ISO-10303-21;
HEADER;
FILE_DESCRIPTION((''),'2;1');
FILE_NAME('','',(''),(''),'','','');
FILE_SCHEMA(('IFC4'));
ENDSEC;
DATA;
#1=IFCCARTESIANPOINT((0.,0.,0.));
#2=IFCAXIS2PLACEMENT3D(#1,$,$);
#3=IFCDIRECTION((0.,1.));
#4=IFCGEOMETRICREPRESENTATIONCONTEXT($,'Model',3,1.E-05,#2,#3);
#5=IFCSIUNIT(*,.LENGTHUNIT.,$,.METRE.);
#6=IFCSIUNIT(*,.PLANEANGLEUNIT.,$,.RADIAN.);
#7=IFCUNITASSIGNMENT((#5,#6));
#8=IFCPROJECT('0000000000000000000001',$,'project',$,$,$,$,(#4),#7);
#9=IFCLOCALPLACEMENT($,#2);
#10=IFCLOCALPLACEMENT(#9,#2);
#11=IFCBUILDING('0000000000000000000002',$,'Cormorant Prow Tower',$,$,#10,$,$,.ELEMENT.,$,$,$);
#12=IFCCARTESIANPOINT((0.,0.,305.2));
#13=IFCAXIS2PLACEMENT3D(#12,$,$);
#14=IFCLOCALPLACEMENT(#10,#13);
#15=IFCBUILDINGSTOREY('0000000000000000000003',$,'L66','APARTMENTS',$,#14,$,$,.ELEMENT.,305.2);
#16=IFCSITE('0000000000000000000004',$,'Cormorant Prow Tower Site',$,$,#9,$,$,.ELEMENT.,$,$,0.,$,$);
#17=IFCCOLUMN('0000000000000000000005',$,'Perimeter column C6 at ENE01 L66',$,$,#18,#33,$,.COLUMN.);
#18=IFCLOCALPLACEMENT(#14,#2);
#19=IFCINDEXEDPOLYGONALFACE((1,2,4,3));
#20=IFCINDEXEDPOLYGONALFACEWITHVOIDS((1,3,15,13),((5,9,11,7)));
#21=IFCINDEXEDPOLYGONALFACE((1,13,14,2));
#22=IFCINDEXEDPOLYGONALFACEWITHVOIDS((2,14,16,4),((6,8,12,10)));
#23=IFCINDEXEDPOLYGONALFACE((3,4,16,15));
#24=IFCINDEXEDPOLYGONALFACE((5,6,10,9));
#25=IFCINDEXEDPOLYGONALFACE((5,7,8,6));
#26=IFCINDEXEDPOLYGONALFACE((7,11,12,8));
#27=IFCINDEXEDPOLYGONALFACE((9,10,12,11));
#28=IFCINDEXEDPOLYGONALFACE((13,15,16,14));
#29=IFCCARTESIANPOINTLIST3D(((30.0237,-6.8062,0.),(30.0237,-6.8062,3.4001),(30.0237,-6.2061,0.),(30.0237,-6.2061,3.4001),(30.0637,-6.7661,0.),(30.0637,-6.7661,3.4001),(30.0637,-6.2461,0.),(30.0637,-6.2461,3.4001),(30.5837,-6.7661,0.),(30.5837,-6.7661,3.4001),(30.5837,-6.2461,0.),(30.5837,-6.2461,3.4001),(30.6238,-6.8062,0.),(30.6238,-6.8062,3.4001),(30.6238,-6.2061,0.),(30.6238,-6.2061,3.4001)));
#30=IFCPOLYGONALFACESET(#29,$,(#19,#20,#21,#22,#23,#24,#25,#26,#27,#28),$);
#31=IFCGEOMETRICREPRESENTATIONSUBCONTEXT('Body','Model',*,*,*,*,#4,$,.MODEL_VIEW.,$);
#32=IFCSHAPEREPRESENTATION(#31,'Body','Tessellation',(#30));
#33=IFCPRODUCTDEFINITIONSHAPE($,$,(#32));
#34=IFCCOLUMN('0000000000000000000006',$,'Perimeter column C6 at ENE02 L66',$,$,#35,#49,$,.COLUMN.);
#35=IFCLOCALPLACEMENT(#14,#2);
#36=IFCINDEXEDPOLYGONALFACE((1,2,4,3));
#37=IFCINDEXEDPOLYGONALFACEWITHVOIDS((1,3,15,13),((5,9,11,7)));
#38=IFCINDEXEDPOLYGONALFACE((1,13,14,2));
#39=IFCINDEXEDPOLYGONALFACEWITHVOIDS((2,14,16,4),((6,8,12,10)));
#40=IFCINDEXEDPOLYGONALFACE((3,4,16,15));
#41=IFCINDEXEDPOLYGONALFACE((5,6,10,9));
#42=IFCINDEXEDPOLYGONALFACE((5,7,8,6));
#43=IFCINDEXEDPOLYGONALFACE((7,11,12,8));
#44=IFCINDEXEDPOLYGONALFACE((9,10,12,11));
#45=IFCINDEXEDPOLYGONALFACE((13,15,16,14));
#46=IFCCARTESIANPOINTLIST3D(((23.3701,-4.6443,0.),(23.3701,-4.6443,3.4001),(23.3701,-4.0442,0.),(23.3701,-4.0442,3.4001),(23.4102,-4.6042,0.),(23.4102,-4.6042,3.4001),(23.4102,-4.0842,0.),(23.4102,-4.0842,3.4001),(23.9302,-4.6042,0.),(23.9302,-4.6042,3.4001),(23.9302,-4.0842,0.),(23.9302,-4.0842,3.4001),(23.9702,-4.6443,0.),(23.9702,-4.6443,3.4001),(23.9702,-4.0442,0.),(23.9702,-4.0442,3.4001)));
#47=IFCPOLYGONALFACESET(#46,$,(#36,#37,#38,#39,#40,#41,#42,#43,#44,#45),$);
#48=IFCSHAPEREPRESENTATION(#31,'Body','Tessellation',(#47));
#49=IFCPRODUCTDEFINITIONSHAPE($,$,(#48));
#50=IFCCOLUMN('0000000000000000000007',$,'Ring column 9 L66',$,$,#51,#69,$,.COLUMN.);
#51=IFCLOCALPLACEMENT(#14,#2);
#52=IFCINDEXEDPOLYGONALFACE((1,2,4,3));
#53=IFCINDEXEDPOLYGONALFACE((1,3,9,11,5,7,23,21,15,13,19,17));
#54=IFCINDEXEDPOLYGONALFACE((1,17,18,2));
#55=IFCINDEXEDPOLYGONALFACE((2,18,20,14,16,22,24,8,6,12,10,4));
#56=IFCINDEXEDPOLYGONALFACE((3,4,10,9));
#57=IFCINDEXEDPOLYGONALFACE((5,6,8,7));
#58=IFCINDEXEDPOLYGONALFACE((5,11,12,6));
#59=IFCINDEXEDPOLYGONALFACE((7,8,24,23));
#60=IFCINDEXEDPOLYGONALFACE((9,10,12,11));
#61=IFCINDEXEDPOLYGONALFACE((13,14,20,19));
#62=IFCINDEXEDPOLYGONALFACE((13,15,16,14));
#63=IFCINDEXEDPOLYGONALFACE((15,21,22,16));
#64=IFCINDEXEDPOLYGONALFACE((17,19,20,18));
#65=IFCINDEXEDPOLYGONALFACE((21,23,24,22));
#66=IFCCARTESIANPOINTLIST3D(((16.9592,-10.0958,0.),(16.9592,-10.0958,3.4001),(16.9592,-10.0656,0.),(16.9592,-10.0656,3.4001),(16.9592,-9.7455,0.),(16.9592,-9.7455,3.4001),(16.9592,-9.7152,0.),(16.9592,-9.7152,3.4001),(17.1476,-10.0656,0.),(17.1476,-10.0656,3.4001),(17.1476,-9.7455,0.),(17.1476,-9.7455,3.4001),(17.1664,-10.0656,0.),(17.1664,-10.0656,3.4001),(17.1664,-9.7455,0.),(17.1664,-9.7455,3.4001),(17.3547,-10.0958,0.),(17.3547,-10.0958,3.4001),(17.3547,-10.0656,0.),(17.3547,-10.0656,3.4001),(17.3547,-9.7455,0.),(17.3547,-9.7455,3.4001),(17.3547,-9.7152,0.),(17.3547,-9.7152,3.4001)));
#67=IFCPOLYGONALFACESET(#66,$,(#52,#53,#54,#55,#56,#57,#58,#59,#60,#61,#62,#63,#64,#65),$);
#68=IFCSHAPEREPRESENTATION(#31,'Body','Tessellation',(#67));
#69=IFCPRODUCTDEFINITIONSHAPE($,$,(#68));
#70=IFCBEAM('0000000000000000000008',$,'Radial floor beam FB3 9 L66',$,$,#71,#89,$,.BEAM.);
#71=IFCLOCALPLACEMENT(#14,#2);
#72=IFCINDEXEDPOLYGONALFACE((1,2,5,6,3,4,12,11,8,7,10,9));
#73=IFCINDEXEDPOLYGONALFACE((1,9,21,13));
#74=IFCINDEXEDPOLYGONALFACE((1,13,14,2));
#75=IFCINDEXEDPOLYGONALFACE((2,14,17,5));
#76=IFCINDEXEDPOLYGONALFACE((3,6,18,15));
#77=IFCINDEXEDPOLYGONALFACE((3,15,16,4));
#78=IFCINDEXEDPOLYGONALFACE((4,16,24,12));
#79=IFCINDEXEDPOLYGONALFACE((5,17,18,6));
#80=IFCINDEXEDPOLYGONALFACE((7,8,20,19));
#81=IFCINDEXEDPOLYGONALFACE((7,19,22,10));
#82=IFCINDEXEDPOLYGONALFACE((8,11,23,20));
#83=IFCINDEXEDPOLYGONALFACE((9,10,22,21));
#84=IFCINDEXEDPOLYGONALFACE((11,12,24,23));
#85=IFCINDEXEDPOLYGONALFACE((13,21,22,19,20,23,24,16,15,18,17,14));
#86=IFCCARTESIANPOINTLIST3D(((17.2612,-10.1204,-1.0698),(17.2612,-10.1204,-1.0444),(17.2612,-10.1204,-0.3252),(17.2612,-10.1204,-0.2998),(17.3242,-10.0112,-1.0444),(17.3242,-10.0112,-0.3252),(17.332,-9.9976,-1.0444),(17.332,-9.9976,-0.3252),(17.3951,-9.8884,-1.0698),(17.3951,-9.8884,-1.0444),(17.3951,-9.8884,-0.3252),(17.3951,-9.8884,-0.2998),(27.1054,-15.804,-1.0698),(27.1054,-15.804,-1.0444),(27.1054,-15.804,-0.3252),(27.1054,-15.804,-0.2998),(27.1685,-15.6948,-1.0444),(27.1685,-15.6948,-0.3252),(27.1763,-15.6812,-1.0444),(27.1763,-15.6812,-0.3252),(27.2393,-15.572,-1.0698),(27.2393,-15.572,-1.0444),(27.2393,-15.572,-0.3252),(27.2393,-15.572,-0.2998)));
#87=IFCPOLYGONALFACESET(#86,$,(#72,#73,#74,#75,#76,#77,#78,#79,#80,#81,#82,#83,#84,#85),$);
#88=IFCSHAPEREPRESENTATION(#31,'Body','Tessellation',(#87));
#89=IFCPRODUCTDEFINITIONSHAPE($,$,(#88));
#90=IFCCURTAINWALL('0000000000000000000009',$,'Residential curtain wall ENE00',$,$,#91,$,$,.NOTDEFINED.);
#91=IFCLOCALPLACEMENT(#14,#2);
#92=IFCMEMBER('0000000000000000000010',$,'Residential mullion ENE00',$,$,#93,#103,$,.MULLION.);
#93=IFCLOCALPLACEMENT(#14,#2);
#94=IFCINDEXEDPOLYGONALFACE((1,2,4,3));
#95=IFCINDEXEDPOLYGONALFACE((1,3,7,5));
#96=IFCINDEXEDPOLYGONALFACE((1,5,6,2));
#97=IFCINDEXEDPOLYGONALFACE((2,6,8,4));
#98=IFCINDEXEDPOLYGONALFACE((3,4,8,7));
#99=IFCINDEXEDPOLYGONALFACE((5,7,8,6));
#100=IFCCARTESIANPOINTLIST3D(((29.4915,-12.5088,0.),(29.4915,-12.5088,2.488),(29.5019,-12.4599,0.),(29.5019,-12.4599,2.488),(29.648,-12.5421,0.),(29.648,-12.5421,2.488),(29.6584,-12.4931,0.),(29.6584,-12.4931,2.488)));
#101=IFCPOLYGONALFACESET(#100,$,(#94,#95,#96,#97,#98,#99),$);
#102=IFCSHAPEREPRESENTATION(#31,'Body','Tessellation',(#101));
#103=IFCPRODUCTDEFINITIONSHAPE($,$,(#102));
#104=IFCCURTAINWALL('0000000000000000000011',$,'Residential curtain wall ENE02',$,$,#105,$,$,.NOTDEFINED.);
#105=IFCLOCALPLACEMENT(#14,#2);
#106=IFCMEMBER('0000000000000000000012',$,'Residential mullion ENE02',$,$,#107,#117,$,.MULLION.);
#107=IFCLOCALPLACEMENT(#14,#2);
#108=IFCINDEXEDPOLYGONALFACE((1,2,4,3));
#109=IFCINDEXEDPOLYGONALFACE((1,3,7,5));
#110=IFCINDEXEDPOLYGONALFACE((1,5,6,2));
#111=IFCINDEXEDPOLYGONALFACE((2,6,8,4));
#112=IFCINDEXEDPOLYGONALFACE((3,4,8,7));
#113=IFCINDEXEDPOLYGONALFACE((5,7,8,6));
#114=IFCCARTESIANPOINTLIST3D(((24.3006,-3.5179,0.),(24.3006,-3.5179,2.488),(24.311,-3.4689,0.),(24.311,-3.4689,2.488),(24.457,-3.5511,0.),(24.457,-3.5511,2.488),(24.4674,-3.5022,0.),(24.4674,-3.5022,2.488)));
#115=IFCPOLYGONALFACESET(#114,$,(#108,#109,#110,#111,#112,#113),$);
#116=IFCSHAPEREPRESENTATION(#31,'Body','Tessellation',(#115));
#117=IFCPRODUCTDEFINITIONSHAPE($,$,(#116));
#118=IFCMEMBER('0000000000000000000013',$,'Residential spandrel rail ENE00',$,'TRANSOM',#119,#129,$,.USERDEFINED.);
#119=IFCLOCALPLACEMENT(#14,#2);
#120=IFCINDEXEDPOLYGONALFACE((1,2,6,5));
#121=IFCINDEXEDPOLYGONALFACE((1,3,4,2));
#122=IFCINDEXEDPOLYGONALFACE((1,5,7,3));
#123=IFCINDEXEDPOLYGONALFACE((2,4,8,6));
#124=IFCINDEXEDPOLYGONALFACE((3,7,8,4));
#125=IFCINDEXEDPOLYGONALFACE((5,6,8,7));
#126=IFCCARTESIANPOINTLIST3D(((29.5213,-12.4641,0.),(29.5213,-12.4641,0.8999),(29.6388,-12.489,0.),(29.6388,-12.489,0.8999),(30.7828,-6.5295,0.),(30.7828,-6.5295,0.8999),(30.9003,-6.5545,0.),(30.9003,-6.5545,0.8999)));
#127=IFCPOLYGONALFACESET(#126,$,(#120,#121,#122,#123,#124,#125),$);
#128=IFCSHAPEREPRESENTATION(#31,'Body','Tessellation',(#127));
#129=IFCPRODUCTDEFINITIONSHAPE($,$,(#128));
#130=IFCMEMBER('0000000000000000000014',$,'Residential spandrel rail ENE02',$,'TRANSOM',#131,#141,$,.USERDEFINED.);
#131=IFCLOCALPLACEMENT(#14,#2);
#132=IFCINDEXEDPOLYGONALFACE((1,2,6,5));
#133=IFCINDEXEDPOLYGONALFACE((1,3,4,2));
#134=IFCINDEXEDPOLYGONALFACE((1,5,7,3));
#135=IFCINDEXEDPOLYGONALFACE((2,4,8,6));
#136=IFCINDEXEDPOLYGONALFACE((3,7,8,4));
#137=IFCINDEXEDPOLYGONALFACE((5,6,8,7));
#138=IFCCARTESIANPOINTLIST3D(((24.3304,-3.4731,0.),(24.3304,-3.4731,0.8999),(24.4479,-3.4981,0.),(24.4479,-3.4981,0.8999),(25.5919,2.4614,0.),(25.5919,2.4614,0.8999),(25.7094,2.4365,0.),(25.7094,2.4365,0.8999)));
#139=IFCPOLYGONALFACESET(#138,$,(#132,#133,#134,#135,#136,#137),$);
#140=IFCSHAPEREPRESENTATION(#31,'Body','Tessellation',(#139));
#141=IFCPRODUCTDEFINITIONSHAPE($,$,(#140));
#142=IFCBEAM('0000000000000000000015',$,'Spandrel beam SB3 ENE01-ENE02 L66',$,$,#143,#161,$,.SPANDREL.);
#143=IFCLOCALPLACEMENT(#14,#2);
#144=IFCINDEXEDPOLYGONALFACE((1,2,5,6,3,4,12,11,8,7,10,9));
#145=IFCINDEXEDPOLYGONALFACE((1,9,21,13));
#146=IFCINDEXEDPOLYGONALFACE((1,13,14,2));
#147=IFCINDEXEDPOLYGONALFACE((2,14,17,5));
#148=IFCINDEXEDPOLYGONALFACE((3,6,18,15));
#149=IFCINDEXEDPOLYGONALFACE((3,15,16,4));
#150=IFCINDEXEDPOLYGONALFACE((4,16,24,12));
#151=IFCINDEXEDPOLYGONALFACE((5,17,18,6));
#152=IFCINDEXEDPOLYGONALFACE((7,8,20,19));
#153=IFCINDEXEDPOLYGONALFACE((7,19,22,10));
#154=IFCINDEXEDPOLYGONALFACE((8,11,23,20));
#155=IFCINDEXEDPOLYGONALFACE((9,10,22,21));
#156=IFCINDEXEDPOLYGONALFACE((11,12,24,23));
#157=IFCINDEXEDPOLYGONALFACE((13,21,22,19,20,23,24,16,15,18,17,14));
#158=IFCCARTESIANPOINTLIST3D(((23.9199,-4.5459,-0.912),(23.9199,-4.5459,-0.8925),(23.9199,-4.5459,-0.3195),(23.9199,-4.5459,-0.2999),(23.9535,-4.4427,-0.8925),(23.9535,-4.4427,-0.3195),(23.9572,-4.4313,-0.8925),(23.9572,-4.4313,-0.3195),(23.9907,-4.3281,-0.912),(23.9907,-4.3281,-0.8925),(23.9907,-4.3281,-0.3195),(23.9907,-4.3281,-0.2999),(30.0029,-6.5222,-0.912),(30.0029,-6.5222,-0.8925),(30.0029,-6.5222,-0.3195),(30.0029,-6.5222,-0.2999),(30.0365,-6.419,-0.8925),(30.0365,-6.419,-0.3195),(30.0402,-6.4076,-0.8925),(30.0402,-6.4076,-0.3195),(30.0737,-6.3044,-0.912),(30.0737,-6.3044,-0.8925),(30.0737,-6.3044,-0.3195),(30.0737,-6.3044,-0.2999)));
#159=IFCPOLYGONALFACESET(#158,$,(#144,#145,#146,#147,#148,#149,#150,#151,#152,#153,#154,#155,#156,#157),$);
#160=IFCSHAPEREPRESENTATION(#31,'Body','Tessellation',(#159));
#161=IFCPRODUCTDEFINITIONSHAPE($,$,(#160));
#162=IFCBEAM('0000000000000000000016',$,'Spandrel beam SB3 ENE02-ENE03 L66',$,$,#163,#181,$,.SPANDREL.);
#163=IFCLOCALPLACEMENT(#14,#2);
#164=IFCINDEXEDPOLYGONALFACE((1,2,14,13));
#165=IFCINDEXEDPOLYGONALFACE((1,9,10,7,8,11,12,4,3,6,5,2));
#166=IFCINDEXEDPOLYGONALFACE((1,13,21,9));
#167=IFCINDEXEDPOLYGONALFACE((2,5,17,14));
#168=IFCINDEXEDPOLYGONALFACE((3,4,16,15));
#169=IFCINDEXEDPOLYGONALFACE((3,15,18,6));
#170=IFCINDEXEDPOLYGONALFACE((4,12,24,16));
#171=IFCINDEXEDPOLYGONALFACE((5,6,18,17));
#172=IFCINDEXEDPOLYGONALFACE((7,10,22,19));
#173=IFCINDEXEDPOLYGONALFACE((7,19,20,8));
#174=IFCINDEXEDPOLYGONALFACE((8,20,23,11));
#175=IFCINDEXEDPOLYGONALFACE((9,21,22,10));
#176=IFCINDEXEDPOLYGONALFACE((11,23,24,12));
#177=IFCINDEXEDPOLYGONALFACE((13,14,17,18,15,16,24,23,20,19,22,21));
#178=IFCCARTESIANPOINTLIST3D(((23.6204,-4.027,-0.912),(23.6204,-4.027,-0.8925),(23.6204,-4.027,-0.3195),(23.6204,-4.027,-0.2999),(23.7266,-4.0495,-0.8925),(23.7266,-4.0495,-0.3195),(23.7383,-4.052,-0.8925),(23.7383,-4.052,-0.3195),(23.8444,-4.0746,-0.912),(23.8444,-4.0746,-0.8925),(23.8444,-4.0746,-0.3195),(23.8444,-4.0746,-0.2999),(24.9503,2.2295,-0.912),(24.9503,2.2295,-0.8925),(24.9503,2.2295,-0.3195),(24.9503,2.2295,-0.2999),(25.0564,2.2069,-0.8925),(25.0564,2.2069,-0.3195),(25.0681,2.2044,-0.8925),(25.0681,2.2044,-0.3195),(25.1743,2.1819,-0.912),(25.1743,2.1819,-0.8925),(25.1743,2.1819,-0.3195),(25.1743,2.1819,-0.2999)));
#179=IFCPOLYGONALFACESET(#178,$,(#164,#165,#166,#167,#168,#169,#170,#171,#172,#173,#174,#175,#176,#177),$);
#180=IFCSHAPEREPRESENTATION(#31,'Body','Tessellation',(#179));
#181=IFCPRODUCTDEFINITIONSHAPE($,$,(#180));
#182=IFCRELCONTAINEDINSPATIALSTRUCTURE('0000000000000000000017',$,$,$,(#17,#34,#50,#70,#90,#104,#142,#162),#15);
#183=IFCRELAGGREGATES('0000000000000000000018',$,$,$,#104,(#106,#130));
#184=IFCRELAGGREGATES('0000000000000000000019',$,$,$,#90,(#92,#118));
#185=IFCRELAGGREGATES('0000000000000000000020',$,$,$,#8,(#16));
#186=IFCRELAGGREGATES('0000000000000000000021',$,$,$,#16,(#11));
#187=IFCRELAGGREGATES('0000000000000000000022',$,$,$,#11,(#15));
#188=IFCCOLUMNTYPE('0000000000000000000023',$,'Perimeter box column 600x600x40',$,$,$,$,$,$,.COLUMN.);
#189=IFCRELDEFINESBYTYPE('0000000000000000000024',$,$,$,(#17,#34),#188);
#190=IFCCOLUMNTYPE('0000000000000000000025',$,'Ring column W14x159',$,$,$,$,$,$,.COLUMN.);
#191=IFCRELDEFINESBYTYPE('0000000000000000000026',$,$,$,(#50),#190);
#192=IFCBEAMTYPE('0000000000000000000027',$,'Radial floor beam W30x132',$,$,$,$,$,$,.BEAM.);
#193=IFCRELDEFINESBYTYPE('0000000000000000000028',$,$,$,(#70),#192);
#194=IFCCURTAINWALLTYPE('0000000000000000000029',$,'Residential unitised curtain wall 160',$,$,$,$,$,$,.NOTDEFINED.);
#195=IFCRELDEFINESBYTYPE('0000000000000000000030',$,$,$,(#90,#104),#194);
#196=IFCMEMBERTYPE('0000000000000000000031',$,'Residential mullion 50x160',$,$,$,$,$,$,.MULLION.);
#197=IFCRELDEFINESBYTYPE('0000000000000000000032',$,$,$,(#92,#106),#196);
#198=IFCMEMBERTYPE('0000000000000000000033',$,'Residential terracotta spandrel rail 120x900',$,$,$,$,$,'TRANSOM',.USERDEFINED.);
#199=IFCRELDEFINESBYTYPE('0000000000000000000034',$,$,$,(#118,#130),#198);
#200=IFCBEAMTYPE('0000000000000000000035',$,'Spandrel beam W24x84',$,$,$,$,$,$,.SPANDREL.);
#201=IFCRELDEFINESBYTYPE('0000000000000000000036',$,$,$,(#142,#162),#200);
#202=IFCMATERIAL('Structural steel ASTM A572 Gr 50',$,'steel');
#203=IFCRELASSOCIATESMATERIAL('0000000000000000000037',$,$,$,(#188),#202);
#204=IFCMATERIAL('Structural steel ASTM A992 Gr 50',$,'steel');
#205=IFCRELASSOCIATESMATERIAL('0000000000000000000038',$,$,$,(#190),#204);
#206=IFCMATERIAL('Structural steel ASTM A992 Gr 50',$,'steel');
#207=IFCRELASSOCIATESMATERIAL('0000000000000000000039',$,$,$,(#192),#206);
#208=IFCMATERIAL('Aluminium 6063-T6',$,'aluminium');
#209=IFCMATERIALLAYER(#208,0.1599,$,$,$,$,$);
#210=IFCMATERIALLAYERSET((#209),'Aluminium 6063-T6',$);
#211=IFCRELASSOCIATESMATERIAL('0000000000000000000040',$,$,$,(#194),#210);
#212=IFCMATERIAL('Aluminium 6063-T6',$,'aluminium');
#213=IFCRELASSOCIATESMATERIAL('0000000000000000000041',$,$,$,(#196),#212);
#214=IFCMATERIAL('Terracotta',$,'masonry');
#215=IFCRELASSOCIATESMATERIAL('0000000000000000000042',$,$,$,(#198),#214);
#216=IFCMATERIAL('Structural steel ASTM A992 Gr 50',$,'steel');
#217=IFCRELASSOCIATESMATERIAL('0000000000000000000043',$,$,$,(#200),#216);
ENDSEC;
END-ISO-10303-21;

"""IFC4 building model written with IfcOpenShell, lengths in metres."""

from ifc_helpers import new_model, si_unit, direction, frame, origin, origin_2d, place, context, subcontext, project, spatial, rectangle, hollow_rectangle, i_section, extrude, material, layer, layer_set, material_profile, profile_set, type_object, element, aggregate, save


model = new_model("IFC4")

# Units and contexts
model_context = context("Model", 3, precision=1e-05, world=origin(), true_north=direction((0.0, 1.0)))
body_context = subcontext(model_context, "Body", "Model", "MODEL_VIEW")
ifc_project = project(units=[si_unit("LENGTHUNIT", "METRE"), si_unit("PLANEANGLEUNIT", "RADIAN")], contexts=[model_context])

# Site, building, storey
site_placement = place(None, origin())
site = spatial("IfcSite", under=ifc_project, at=site_placement, Name="Cormorant Prow Tower Site", CompositionType="ELEMENT", RefElevation=0.0)
building_placement = place(site_placement, origin())
building = spatial("IfcBuilding", under=site, at=building_placement, Name="Cormorant Prow Tower", CompositionType="ELEMENT")
storey_placement = place(building_placement, frame((0.0, 0.0, 305.2)))
storey = spatial("IfcBuildingStorey", under=building, at=storey_placement, Name="L66", Description="APARTMENTS", CompositionType="ELEMENT", Elevation=305.2)

# Columns
ifc_material_1 = material(Name="Structural steel ASTM A572 Gr 50", Category="steel")
ifc_material_profile_1 = material_profile(ifc_material_1, hollow_rectangle(XDim=0.6001, YDim=0.6001, WallThickness=0.04, at=origin_2d()), Name="Box 600x600x40")
ifc_profile_set_1 = profile_set([ifc_material_profile_1], Name="Structural steel ASTM A572 Gr 50")
column_type_1 = type_object("IfcColumnType", Name="Perimeter box column 600x600x40", PredefinedType="COLUMN", material=ifc_profile_set_1)
for number, where, z_axis, x_axis, name in (
    (1, (30.3237, -6.5061, 0.0), (0.0, 0.0, 1.0), (1.0, 0.0, 0.0), "Perimeter column C6 at ENE01 L66"),
    (2, (23.6702, -4.3442, 0.0), (0.0, 0.0, 1.0), (1.0, 0.0, 0.0), "Perimeter column C6 at ENE02 L66"),
):
    element("IfcColumn", number, at=place(storey_placement, frame(where, z_axis=z_axis, x_axis=x_axis)), inside=storey, type_object=column_type_1, Name=name, PredefinedType="COLUMN", context=body_context, shape_type="SweptSolid", body=[
        extrude(hollow_rectangle(XDim=0.6001, YDim=0.6001, WallThickness=0.04, at=origin_2d()), origin(), (0.0, 0.0, 1.0), 3.4001),
    ])
ifc_material_2 = material(Name="Structural steel ASTM A992 Gr 50", Category="steel")
ifc_material_profile_2 = material_profile(ifc_material_2, i_section(OverallWidth=0.3955, OverallDepth=0.3806, WebThickness=0.0188, FlangeThickness=0.0303, at=origin_2d()), Name="W14x159")
ifc_profile_set_2 = profile_set([ifc_material_profile_2], Name="Structural steel ASTM A992 Gr 50")
column_type_2 = type_object("IfcColumnType", Name="Ring column W14x159", PredefinedType="COLUMN", material=ifc_profile_set_2)
column_placement = place(storey_placement, frame((17.157, -9.9055, 0.0), z_axis=(0.0, 0.0, 1.0), x_axis=(1.0, 0.0, 0.0)))
element("IfcColumn", 3, at=column_placement, inside=storey, type_object=column_type_2, Name="Ring column 9 L66", PredefinedType="COLUMN", context=body_context, shape_type="SweptSolid", body=[
    extrude(i_section(OverallWidth=0.3955, OverallDepth=0.3806, WebThickness=0.0188, FlangeThickness=0.0303, at=origin_2d()), origin(), (0.0, 0.0, 1.0), 3.4001),
])

# Beam
ifc_material_3 = material(Name="Structural steel ASTM A992 Gr 50", Category="steel")
ifc_material_profile_3 = material_profile(ifc_material_3, i_section(OverallWidth=0.2678, OverallDepth=0.77, WebThickness=0.0156, FlangeThickness=0.0254, at=origin_2d()), Name="W30x132")
ifc_profile_set_3 = profile_set([ifc_material_profile_3], Name="Structural steel ASTM A992 Gr 50")
beam_type_1 = type_object("IfcBeamType", Name="Radial floor beam W30x132", PredefinedType="BEAM", material=ifc_profile_set_3)
beam_1_placement = place(storey_placement, frame((17.3281, -10.0044, -0.6848), z_axis=(0.866025, -0.500001, 0.0), x_axis=(0.500001, 0.866025, 0.0)))
element("IfcBeam", 4, at=beam_1_placement, inside=storey, type_object=beam_type_1, Name="Radial floor beam FB3 9 L66", PredefinedType="BEAM", context=body_context, shape_type="SweptSolid", body=[
    extrude(i_section(OverallWidth=0.2678, OverallDepth=0.77, WebThickness=0.0156, FlangeThickness=0.0254, at=origin_2d()), origin(), (0.0, 0.0, 1.0), 11.3672),
])

# Curtain walls, members
ifc_material_4 = material(Name="Aluminium 6063-T6", Category="aluminium")
ifc_layer_1 = layer(ifc_material_4, 0.1599)
ifc_layer_set_1 = layer_set([ifc_layer_1], Name="Aluminium 6063-T6")
curtain_wall_type = type_object("IfcCurtainWallType", Name="Residential unitised curtain wall 160", PredefinedType="NOTDEFINED", material=ifc_layer_set_1)
curtain_wall_1_placement = place(storey_placement, origin())
curtain_wall_1 = element("IfcCurtainWall", 5, at=curtain_wall_1_placement, inside=storey, type_object=curtain_wall_type, Name="Residential curtain wall ENE00", PredefinedType="NOTDEFINED")
ifc_material_5 = material(Name="Aluminium 6063-T6", Category="aluminium")
ifc_material_profile_4 = material_profile(ifc_material_5, rectangle(XDim=0.1599, YDim=0.05, at=origin_2d()), Name="Residential mullion 50x160")
ifc_profile_set_4 = profile_set([ifc_material_profile_4], Name="Aluminium 6063-T6")
member_type_1 = type_object("IfcMemberType", Name="Residential mullion 50x160", PredefinedType="MULLION", material=ifc_profile_set_4)
member_1_placement = place(storey_placement, frame((29.575, -12.501, 0.0), z_axis=(0.0, 0.0, 1.0), x_axis=(-0.978148, 0.207912, 0.0)))
member_1 = element("IfcMember", 6, at=member_1_placement, type_object=member_type_1, Name="Residential mullion ENE00", PredefinedType="MULLION", context=body_context, shape_type="SweptSolid", body=[
    extrude(rectangle(XDim=0.1599, YDim=0.05, at=origin_2d()), origin(), (0.0, 0.0, 1.0), 2.488),
])
curtain_wall_2_placement = place(storey_placement, origin())
curtain_wall_2 = element("IfcCurtainWall", 7, at=curtain_wall_2_placement, inside=storey, type_object=curtain_wall_type, Name="Residential curtain wall ENE02", PredefinedType="NOTDEFINED")
member_2_placement = place(storey_placement, frame((24.384, -3.51, 0.0), z_axis=(0.0, 0.0, 1.0), x_axis=(-0.978148, 0.207912, 0.0)))
member_2 = element("IfcMember", 8, at=member_2_placement, type_object=member_type_1, Name="Residential mullion ENE02", PredefinedType="MULLION", context=body_context, shape_type="SweptSolid", body=[
    extrude(rectangle(XDim=0.1599, YDim=0.05, at=origin_2d()), origin(), (0.0, 0.0, 1.0), 2.488),
])

# Members
ifc_material_6 = material(Name="Terracotta", Category="masonry")
ifc_material_profile_5 = material_profile(ifc_material_6, rectangle(XDim=0.1201, YDim=0.8999, at=origin_2d()), Name="Residential terracotta spandrel rail 120x900")
ifc_profile_set_5 = profile_set([ifc_material_profile_5], Name="Terracotta")
member_type_2 = type_object("IfcMemberType", Name="Residential terracotta spandrel rail 120x900", ElementType="TRANSOM", PredefinedType="USERDEFINED", material=ifc_profile_set_5)
member_3_placement = place(storey_placement, frame((29.5801, -12.4766, 0.45), z_axis=(0.207918, 0.978146, 0.0), x_axis=(-0.978146, 0.207918, 0.0)))
member_3 = element("IfcMember", 9, at=member_3_placement, type_object=member_type_2, Name="Residential spandrel rail ENE00", ObjectType="TRANSOM", PredefinedType="USERDEFINED", context=body_context, shape_type="SweptSolid", body=[
    extrude(rectangle(XDim=0.1201, YDim=0.8999, at=origin_2d()), origin(), (0.0, 0.0, 1.0), 6.0671),
])
member_4_placement = place(storey_placement, frame((24.3892, -3.4856, 0.45), z_axis=(0.207918, 0.978146, 0.0), x_axis=(-0.978146, 0.207918, 0.0)))
member_4 = element("IfcMember", 10, at=member_4_placement, type_object=member_type_2, Name="Residential spandrel rail ENE02", ObjectType="TRANSOM", PredefinedType="USERDEFINED", context=body_context, shape_type="SweptSolid", body=[
    extrude(rectangle(XDim=0.1201, YDim=0.8999, at=origin_2d()), origin(), (0.0, 0.0, 1.0), 6.0671),
])
aggregate(curtain_wall_2, [member_2, member_4])

# Beams
ifc_material_7 = material(Name="Structural steel ASTM A992 Gr 50", Category="steel")
ifc_material_profile_6 = material_profile(ifc_material_7, i_section(OverallWidth=0.229, OverallDepth=0.6121, WebThickness=0.012, FlangeThickness=0.0195, at=origin_2d()), Name="W24x84")
ifc_profile_set_6 = profile_set([ifc_material_profile_6], Name="Structural steel ASTM A992 Gr 50")
beam_type_2 = type_object("IfcBeamType", Name="Spandrel beam W24x84", PredefinedType="SPANDREL", material=ifc_profile_set_6)
beam_2_placement = place(storey_placement, frame((30.0383, -6.4133, -0.606), z_axis=(-0.951064, 0.308993, 0.0), x_axis=(-0.308993, -0.951064, 0.0)))
element("IfcBeam", 11, at=beam_2_placement, inside=storey, type_object=beam_type_2, Name="Spandrel beam SB3 ENE01-ENE02 L66", PredefinedType="SPANDREL", context=body_context, shape_type="SweptSolid", body=[
    extrude(i_section(OverallWidth=0.229, OverallDepth=0.6121, WebThickness=0.012, FlangeThickness=0.0195, at=origin_2d()), origin(), (0.0, 0.0, 1.0), 6.396),
])
beam_3_placement = place(storey_placement, frame((23.7324, -4.0508, -0.606), z_axis=(0.207913, 0.978147, 0.0), x_axis=(-0.978147, 0.207913, 0.0)))
element("IfcBeam", 12, at=beam_3_placement, inside=storey, type_object=beam_type_2, Name="Spandrel beam SB3 ENE02-ENE03 L66", PredefinedType="SPANDREL", context=body_context, shape_type="SweptSolid", body=[
    extrude(i_section(OverallWidth=0.229, OverallDepth=0.6121, WebThickness=0.012, FlangeThickness=0.0195, at=origin_2d()), origin(), (0.0, 0.0, 1.0), 6.3962),
])

aggregate(curtain_wall_1, [member_1, member_3])

save(model, "model.ifc")
